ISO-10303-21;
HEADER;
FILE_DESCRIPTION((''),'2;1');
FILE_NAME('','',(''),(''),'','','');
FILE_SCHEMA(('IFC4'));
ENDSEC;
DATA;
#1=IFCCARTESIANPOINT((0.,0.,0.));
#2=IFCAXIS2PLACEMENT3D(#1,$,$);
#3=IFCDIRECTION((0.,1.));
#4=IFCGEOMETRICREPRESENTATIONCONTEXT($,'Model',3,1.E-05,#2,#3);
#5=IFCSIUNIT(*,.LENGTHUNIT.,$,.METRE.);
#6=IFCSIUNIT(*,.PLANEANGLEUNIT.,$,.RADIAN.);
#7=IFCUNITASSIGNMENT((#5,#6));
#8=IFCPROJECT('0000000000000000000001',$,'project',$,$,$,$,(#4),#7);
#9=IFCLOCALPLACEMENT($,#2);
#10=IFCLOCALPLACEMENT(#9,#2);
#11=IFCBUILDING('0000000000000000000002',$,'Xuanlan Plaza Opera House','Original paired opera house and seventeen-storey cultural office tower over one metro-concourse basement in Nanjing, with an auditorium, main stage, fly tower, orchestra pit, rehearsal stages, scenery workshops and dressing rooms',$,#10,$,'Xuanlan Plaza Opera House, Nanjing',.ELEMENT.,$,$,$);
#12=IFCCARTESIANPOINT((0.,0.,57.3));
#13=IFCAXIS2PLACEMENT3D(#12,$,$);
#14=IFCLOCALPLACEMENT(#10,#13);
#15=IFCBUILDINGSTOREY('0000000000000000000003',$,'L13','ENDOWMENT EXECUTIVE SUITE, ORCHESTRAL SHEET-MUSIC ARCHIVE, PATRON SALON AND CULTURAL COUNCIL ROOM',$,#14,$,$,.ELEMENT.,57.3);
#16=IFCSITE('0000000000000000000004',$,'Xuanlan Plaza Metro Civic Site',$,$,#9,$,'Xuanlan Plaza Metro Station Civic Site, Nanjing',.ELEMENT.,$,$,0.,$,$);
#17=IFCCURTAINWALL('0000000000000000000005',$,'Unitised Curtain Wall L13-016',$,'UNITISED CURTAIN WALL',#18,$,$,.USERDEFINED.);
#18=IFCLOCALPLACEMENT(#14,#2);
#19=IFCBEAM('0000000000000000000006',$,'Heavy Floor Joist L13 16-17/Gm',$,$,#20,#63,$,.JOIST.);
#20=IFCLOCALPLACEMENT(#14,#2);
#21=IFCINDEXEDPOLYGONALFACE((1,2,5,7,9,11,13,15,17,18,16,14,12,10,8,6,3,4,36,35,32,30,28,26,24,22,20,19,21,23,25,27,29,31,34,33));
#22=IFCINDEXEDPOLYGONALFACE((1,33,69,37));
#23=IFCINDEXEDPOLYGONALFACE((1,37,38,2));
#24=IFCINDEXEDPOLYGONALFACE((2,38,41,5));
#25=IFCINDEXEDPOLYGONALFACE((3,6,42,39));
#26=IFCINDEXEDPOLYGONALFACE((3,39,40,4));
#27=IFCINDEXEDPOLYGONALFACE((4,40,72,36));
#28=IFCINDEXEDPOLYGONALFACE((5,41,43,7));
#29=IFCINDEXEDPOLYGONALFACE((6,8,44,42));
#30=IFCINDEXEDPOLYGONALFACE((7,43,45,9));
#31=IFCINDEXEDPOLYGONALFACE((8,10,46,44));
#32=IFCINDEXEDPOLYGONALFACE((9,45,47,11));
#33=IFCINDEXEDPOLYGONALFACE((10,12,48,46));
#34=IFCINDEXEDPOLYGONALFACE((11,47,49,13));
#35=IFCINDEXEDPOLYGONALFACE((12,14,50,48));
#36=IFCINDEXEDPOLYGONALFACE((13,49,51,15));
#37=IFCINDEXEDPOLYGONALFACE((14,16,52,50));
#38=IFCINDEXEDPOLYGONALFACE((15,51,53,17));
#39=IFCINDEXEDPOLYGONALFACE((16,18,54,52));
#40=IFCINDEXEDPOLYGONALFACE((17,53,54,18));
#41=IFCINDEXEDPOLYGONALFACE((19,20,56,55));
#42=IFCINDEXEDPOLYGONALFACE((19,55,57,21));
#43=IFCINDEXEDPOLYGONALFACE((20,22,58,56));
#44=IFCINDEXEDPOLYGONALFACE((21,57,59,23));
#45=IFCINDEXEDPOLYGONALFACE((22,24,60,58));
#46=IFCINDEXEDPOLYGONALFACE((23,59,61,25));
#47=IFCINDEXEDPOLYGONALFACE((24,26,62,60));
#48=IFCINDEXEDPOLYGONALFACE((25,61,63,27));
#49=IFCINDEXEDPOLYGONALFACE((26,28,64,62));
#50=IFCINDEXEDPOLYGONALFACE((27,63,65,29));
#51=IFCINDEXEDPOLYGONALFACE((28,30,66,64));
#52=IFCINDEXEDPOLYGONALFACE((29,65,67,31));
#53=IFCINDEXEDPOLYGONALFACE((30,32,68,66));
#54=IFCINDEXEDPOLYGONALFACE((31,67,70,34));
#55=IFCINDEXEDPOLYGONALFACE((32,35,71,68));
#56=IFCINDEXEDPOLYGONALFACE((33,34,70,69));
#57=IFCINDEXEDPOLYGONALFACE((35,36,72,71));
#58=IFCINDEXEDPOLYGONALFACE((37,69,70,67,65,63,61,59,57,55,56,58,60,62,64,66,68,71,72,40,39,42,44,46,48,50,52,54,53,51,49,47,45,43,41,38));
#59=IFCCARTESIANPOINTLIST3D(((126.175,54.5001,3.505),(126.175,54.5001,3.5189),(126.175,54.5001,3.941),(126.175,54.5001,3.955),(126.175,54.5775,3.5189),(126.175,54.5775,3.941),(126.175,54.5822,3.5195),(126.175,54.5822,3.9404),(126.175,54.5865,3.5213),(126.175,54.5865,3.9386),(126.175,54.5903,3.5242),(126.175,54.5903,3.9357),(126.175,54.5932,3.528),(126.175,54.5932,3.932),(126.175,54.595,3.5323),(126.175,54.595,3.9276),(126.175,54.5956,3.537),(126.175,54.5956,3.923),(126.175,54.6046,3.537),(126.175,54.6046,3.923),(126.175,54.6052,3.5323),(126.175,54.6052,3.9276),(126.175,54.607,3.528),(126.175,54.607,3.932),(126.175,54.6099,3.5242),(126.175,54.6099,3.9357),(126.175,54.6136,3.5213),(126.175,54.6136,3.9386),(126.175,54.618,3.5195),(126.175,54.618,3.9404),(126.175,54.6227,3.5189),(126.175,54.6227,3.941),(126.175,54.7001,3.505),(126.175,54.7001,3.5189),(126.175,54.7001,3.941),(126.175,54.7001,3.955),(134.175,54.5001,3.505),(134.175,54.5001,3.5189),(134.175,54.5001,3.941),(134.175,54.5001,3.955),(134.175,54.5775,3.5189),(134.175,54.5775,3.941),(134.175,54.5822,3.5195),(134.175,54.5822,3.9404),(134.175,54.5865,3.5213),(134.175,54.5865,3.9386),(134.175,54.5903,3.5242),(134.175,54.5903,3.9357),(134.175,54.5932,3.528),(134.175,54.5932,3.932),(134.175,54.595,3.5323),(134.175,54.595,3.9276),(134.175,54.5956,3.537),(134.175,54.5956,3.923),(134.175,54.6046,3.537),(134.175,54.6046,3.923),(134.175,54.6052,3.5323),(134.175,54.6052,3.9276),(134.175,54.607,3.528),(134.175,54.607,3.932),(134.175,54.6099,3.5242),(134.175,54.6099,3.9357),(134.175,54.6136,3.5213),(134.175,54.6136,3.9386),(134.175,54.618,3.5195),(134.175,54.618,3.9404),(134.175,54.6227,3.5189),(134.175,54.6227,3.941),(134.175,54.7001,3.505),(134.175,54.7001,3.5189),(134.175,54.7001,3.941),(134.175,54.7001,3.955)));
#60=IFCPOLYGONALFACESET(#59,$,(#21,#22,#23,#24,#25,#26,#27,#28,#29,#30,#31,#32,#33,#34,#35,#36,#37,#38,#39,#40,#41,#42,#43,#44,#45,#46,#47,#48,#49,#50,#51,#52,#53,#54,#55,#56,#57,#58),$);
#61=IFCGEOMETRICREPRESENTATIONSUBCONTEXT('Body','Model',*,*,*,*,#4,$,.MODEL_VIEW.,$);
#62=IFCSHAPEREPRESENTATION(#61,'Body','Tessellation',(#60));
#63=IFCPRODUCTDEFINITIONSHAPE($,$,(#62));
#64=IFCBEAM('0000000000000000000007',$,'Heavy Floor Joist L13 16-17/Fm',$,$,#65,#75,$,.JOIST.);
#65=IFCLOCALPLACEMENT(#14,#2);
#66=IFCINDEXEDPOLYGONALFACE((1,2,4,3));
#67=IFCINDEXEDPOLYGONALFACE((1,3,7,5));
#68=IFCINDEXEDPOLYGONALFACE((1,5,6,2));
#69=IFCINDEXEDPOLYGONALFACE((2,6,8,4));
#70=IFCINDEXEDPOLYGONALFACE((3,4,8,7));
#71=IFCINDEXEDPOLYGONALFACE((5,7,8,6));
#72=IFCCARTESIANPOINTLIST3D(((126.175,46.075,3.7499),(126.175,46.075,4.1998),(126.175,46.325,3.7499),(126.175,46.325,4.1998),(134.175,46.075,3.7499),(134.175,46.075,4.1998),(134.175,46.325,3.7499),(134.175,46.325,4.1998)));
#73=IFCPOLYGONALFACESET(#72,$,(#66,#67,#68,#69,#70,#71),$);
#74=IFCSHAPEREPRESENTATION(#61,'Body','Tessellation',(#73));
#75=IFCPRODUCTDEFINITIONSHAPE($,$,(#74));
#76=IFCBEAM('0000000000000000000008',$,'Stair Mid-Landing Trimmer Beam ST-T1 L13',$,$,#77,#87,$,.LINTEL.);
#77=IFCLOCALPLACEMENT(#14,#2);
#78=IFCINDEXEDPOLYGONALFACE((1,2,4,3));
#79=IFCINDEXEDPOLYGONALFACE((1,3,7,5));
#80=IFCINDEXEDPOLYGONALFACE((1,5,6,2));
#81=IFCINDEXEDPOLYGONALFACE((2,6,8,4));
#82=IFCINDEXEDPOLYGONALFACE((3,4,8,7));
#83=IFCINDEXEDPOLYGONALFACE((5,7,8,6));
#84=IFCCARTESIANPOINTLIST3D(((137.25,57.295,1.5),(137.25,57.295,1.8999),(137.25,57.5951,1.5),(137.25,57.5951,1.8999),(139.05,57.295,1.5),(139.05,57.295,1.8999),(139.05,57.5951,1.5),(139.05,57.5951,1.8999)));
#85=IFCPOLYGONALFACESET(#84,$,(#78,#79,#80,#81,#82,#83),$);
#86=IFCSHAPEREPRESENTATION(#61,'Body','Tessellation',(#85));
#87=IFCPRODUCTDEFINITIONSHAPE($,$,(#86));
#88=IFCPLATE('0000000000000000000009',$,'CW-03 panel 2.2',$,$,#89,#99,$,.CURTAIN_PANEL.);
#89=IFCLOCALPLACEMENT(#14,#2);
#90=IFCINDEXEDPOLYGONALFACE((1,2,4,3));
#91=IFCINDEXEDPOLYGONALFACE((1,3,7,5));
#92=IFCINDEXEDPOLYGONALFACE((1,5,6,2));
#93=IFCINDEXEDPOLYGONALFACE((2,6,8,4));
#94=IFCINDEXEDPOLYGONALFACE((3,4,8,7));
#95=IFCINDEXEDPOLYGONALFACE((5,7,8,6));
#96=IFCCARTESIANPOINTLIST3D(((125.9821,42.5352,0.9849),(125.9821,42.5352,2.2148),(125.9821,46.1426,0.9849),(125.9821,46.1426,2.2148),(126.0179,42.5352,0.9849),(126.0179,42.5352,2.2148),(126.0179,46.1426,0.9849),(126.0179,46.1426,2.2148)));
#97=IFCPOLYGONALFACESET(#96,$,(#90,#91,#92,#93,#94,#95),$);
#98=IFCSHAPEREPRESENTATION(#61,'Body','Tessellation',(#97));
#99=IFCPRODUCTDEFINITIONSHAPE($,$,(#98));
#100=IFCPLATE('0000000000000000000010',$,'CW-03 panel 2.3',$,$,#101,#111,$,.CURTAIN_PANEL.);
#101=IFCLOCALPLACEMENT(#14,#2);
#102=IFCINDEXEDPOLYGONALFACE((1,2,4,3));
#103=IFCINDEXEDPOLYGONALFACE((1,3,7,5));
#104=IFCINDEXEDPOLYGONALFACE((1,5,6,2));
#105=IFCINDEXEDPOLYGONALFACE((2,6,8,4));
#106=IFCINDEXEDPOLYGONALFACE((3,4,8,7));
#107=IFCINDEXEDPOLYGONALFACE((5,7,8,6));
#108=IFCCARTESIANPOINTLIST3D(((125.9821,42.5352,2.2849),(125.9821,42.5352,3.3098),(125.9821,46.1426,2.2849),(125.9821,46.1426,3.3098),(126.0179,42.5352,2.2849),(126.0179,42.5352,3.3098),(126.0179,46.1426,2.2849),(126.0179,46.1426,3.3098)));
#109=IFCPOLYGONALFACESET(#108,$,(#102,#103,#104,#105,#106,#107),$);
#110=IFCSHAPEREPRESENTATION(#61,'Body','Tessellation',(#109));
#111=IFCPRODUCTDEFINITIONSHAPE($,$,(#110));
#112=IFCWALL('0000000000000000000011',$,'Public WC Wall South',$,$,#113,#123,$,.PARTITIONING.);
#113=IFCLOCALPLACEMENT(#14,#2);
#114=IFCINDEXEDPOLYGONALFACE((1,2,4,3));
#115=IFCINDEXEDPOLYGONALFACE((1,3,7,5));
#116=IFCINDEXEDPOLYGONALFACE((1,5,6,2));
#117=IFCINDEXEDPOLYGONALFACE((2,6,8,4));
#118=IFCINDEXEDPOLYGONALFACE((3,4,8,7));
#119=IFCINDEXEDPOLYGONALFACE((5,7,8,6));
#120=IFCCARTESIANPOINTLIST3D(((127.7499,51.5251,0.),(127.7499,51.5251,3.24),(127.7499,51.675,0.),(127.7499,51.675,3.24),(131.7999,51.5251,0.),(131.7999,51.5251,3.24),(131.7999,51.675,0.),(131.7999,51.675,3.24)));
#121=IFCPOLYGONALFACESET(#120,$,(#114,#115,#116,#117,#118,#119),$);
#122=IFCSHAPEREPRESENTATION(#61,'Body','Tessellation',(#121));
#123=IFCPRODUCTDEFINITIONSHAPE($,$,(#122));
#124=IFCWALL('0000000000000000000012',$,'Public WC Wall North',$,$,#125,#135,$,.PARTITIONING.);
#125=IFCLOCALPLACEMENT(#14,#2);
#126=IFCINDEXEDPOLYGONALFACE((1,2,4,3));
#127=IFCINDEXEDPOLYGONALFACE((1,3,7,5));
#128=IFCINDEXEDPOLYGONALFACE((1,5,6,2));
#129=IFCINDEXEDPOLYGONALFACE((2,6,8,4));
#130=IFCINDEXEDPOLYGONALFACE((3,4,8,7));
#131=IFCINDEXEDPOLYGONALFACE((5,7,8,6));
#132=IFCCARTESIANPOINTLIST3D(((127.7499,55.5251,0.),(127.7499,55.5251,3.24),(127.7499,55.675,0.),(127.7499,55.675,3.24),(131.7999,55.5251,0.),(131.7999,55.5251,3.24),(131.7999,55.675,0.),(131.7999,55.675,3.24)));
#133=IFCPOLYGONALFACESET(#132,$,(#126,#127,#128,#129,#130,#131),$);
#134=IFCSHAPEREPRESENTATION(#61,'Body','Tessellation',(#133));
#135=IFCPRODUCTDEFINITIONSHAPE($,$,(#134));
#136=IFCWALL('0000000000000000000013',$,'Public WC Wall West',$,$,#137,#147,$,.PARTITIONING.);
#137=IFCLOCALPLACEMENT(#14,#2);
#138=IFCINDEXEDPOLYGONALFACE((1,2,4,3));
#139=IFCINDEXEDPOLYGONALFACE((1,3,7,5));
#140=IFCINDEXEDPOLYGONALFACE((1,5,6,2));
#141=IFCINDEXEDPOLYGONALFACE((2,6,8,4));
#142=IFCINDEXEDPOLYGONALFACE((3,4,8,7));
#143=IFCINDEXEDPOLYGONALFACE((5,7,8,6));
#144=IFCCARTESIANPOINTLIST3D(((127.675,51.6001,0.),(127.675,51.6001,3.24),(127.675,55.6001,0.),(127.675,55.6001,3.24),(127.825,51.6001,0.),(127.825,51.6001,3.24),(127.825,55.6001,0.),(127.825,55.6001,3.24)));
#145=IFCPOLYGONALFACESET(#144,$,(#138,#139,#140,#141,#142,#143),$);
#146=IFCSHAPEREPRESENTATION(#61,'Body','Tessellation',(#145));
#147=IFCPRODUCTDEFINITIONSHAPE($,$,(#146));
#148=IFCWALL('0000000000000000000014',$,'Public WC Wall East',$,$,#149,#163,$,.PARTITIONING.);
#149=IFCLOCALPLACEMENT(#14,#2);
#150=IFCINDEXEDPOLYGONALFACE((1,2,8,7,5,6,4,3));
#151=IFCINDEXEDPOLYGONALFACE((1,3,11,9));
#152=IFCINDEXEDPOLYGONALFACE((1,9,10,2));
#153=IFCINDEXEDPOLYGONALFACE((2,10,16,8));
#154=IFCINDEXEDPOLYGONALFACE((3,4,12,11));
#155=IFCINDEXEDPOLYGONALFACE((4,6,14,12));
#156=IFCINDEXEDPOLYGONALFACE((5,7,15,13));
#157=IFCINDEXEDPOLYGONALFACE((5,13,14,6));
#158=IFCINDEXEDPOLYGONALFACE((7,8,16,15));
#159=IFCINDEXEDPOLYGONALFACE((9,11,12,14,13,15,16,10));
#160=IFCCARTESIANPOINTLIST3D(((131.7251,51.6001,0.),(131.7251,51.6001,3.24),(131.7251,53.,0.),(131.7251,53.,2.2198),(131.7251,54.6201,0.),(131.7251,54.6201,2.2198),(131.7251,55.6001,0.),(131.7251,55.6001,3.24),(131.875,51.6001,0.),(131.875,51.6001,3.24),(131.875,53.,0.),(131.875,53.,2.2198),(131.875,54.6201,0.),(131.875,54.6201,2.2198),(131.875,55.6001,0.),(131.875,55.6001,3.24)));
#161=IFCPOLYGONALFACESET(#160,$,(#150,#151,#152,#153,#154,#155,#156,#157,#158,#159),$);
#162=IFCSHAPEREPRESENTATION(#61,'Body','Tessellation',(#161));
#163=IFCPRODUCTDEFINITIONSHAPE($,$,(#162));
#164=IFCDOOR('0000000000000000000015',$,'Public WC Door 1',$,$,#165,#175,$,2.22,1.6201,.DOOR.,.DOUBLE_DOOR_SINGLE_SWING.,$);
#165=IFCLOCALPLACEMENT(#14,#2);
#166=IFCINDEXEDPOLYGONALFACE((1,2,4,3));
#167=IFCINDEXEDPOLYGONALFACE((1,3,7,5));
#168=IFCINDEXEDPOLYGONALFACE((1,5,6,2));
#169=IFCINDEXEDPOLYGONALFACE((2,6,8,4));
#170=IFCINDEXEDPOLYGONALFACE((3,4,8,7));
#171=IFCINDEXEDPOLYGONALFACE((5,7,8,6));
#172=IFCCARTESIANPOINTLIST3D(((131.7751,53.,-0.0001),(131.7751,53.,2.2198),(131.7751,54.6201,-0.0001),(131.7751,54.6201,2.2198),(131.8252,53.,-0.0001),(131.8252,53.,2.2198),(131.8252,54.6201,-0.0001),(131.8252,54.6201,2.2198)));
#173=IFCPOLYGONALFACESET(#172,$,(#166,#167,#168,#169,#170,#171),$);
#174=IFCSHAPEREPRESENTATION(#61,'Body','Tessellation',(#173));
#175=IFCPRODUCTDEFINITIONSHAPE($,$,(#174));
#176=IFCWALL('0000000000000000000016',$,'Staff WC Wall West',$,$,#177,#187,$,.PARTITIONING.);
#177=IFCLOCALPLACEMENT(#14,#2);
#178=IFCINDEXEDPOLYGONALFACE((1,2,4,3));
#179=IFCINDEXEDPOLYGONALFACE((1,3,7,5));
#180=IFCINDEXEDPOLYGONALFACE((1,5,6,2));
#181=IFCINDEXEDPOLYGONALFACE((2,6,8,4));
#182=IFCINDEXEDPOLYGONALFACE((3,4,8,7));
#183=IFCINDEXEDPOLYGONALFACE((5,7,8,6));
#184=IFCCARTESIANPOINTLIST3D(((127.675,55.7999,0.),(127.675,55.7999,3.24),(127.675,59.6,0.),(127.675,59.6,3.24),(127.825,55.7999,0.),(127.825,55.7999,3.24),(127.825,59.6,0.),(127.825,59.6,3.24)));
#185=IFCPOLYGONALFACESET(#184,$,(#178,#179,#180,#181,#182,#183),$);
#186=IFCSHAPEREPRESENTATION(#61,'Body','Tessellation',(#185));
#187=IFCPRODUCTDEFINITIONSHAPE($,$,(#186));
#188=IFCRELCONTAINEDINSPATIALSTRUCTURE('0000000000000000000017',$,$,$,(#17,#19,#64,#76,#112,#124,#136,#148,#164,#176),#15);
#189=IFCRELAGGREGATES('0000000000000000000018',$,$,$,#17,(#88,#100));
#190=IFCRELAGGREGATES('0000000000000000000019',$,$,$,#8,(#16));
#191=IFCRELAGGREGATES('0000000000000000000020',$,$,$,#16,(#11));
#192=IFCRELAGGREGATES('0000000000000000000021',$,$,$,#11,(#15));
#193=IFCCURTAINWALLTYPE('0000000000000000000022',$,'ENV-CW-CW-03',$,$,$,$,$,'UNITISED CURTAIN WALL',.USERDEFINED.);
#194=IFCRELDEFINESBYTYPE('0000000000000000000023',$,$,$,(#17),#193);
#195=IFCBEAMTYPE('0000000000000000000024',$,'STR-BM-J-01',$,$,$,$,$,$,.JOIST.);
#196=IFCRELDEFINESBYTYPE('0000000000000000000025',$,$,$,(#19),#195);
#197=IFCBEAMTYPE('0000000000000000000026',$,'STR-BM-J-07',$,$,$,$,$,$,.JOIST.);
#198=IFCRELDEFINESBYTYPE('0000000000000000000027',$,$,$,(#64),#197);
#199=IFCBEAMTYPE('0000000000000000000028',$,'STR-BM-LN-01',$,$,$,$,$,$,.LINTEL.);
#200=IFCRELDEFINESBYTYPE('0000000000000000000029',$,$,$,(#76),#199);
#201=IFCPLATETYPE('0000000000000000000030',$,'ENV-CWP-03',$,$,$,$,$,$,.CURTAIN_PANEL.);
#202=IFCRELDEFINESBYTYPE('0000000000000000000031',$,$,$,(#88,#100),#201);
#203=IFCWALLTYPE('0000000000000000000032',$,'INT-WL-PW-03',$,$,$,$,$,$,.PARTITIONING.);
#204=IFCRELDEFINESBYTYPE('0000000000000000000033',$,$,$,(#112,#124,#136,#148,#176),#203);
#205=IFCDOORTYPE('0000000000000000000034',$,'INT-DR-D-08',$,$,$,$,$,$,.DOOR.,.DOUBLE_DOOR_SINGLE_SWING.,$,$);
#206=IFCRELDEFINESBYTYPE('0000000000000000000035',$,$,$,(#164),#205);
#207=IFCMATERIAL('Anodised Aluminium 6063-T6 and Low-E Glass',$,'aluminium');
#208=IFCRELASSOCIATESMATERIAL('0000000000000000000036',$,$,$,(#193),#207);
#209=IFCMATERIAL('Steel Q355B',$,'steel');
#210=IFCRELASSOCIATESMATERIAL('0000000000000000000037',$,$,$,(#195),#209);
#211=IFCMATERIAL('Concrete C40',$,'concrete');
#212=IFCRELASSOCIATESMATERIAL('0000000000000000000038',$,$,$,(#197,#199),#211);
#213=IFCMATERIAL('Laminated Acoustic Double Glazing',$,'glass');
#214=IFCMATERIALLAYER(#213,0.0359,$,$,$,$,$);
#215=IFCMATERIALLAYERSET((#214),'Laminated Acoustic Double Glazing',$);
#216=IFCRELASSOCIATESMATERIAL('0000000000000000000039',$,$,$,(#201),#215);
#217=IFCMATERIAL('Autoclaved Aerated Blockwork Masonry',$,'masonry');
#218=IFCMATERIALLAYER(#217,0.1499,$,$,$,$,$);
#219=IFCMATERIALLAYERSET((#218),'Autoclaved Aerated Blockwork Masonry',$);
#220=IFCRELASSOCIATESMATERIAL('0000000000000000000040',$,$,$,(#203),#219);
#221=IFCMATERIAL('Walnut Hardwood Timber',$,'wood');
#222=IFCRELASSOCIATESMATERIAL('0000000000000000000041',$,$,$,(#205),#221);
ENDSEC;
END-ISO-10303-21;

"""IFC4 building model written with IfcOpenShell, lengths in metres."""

from ifc_helpers import new_model, si_unit, direction, frame, frame_2d, origin, origin_2d, place, context, subcontext, project, spatial, rectangle, i_section, extrude, material, layer, layer_set, material_profile, profile_set, type_object, element, fill, aggregate, save


model = new_model("IFC4")

# Units and contexts
model_context = context("Model", 3, precision=1e-05, world=origin(), true_north=direction((0.0, 1.0)))
body_context = subcontext(model_context, "Body", "Model", "MODEL_VIEW")
ifc_project = project(units=[si_unit("LENGTHUNIT", "METRE"), si_unit("PLANEANGLEUNIT", "RADIAN")], contexts=[model_context])

# Site, building, storey
site_placement = place(None, origin())
site = spatial("IfcSite", under=ifc_project, at=site_placement, Name="Xuanlan Plaza Metro Civic Site", LongName="Xuanlan Plaza Metro Station Civic Site, Nanjing", CompositionType="ELEMENT", RefElevation=0.0)
building_placement = place(site_placement, origin())
building = spatial("IfcBuilding", under=site, at=building_placement, Name="Xuanlan Plaza Opera House", Description="Original paired opera house and seventeen-storey cultural office tower over one metro-concourse basement in Nanjing, with an auditorium, main stage, fly tower, orchestra pit, rehearsal stages, scenery workshops and dressing rooms", LongName="Xuanlan Plaza Opera House, Nanjing", CompositionType="ELEMENT")
storey_placement = place(building_placement, frame((0.0, 0.0, 57.3)))
storey = spatial("IfcBuildingStorey", under=building, at=storey_placement, Name="L13", Description="ENDOWMENT EXECUTIVE SUITE, ORCHESTRAL SHEET-MUSIC ARCHIVE, PATRON SALON AND CULTURAL COUNCIL ROOM", CompositionType="ELEMENT", Elevation=57.3)

# Curtain wall
ifc_material_1 = material(Name="Anodised Aluminium 6063-T6 and Low-E Glass", Category="aluminium")
curtain_wall_type = type_object("IfcCurtainWallType", Name="ENV-CW-CW-03", ElementType="UNITISED CURTAIN WALL", PredefinedType="USERDEFINED", material=ifc_material_1)
curtain_wall_placement = place(storey_placement, origin())
curtain_wall = element("IfcCurtainWall", 1, at=curtain_wall_placement, inside=storey, type_object=curtain_wall_type, Name="Unitised Curtain Wall L13-016", ObjectType="UNITISED CURTAIN WALL", PredefinedType="USERDEFINED")

# Beams
ifc_material_2 = material(Name="Concrete C40", Category="concrete")
ifc_material_3 = material(Name="Steel Q355B", Category="steel")
ifc_material_profile_1 = material_profile(ifc_material_3, i_section(OverallWidth=0.2, OverallDepth=0.45, WebThickness=0.009, FlangeThickness=0.0139, FilletRadius=0.0181, at=origin_2d()), Name="HN 450x200x9x14")
ifc_profile_set_1 = profile_set([ifc_material_profile_1], Name="Steel Q355B")
beam_type_1 = type_object("IfcBeamType", Name="STR-BM-J-01", PredefinedType="JOIST", material=ifc_profile_set_1)
beam_1_placement = place(storey_placement, frame((126.175, 54.6001, 3.73), z_axis=(1.0, 0.0, 0.0), x_axis=(0.0, 1.0, 0.0)))
element("IfcBeam", 2, at=beam_1_placement, inside=storey, type_object=beam_type_1, Name="Heavy Floor Joist L13 16-17/Gm", PredefinedType="JOIST", context=body_context, shape_type="SweptSolid", body=[
    extrude(i_section(OverallWidth=0.2, OverallDepth=0.45, WebThickness=0.009, FlangeThickness=0.0139, FilletRadius=0.0181, at=origin_2d()), origin(), (0.0, 0.0, 1.0), 8.0),
])
ifc_material_profile_2 = material_profile(ifc_material_2, rectangle(XDim=0.25, YDim=0.45, at=origin_2d()), Name="RC-JST 250x450")
ifc_profile_set_2 = profile_set([ifc_material_profile_2], Name="Concrete C40")
beam_type_2 = type_object("IfcBeamType", Name="STR-BM-J-07", PredefinedType="JOIST", material=ifc_profile_set_2)
beam_2_placement = place(storey_placement, frame((126.175, 46.2, 3.9749), z_axis=(1.0, 0.0, 0.0), x_axis=(0.0, 1.0, 0.0)))
element("IfcBeam", 3, at=beam_2_placement, inside=storey, type_object=beam_type_2, Name="Heavy Floor Joist L13 16-17/Fm", PredefinedType="JOIST", context=body_context, shape_type="SweptSolid", body=[
    extrude(rectangle(XDim=0.25, YDim=0.45, at=origin_2d()), origin(), (0.0, 0.0, 1.0), 8.0),
])
ifc_material_profile_3 = material_profile(ifc_material_2, rectangle(XDim=0.3, YDim=0.3999, at=origin_2d()), Name="RC-LNT 300x400")
ifc_profile_set_3 = profile_set([ifc_material_profile_3], Name="Concrete C40")
beam_type_3 = type_object("IfcBeamType", Name="STR-BM-LN-01", PredefinedType="LINTEL", material=ifc_profile_set_3)
beam_3_placement = place(storey_placement, frame((137.25, 57.4451, 1.7), z_axis=(1.0, 0.0, 0.0), x_axis=(0.0, 1.0, 0.0)))
element("IfcBeam", 4, at=beam_3_placement, inside=storey, type_object=beam_type_3, Name="Stair Mid-Landing Trimmer Beam ST-T1 L13", PredefinedType="LINTEL", context=body_context, shape_type="SweptSolid", body=[
    extrude(rectangle(XDim=0.3, YDim=0.3999, at=origin_2d()), origin(), (0.0, 0.0, 1.0), 1.8),
])

# Plates
ifc_material_4 = material(Name="Laminated Acoustic Double Glazing", Category="glass")
ifc_layer_1 = layer(ifc_material_4, 0.0359)
ifc_layer_set_1 = layer_set([ifc_layer_1], Name="Laminated Acoustic Double Glazing")
plate_type = type_object("IfcPlateType", Name="ENV-CWP-03", PredefinedType="CURTAIN_PANEL", material=ifc_layer_set_1)
plate_1_placement = place(storey_placement, frame((126.0, 44.3389, 0.9849), z_axis=(0.0, 0.0, 1.0), x_axis=(0.0, -1.0, 0.0)))
plate_1 = element("IfcPlate", 5, at=plate_1_placement, type_object=plate_type, Name="CW-03 panel 2.2", PredefinedType="CURTAIN_PANEL", context=body_context, shape_type="SweptSolid", body=[
    extrude(rectangle(XDim=3.6074, YDim=0.0359, at=origin_2d()), origin(), (0.0, 0.0, 1.0), 1.23),
])
plate_2_placement = place(storey_placement, frame((126.0, 44.3389, 2.2849), z_axis=(0.0, 0.0, 1.0), x_axis=(0.0, -1.0, 0.0)))
plate_2 = element("IfcPlate", 6, at=plate_2_placement, type_object=plate_type, Name="CW-03 panel 2.3", PredefinedType="CURTAIN_PANEL", context=body_context, shape_type="SweptSolid", body=[
    extrude(rectangle(XDim=3.6074, YDim=0.0359, at=origin_2d()), origin(), (0.0, 0.0, 1.0), 1.0249),
])
aggregate(curtain_wall, [plate_1, plate_2])

# Walls
ifc_material_5 = material(Name="Autoclaved Aerated Blockwork Masonry", Category="masonry")
ifc_layer_2 = layer(ifc_material_5, 0.1499)
ifc_layer_set_2 = layer_set([ifc_layer_2], Name="Autoclaved Aerated Blockwork Masonry")
wall_type_1 = type_object("IfcWallType", Name="INT-WL-PW-03", PredefinedType="PARTITIONING", material=ifc_layer_set_2)
for number, where, z_axis, x_axis, name in (
    (7, (127.75, 51.6001, 0.0), (0.0, 0.0, 1.0), (1.0, 0.0, 0.0), "Public WC Wall South"),
    (8, (127.75, 55.6001, 0.0), (0.0, 0.0, 1.0), (1.0, 0.0, 0.0), "Public WC Wall North"),
):
    element("IfcWall", number, at=place(storey_placement, frame(where, z_axis=z_axis, x_axis=x_axis)), inside=storey, type_object=wall_type_1, Name=name, PredefinedType="PARTITIONING", context=body_context, shape_type="SweptSolid", body=[
        extrude(rectangle(XDim=4.05, YDim=0.1499, at=frame_2d((2.0249, 0.0))), origin(), (0.0, 0.0, 1.0), 3.24),
    ])
wall_1_placement = place(storey_placement, frame((127.75, 51.6001, 0.0), z_axis=(0.0, 0.0, 1.0), x_axis=(0.0, 1.0, 0.0)))
element("IfcWall", 9, at=wall_1_placement, inside=storey, type_object=wall_type_1, Name="Public WC Wall West", PredefinedType="PARTITIONING", context=body_context, shape_type="SweptSolid", body=[
    extrude(rectangle(XDim=4.0, YDim=0.1499, at=frame_2d((2.0, 0.0))), origin(), (0.0, 0.0, 1.0), 3.24),
])

# Wall, opening, door
wall_2_placement = place(storey_placement, frame((131.8, 51.6001, 0.0), z_axis=(0.0, 0.0, 1.0), x_axis=(0.0, 1.0, 0.0)))
wall_2 = element("IfcWall", 10, at=wall_2_placement, inside=storey, type_object=wall_type_1, Name="Public WC Wall East", PredefinedType="PARTITIONING", context=body_context, shape_type="SweptSolid", body=[
    extrude(rectangle(XDim=4.0, YDim=0.1499, at=frame_2d((2.0, 0.0))), origin(), (0.0, 0.0, 1.0), 3.24),
])
opening_1_placement = place(wall_2_placement, frame((1.3999, 0.0, 0.0)))
opening_1 = element("IfcOpeningElement", 11, at=opening_1_placement, cuts=wall_2, PredefinedType="OPENING", context=body_context, shape_type="SweptSolid", body=[
    extrude(rectangle(XDim=1.6201, YDim=2.22, at=frame_2d((0.8101, 1.1099))), frame((0.0, 0.085, 0.0), z_axis=(0.0, -1.0, 0.0), x_axis=(1.0, 0.0, 0.0)), (0.0, 0.0, 1.0), 0.1699),
])
ifc_material_6 = material(Name="Walnut Hardwood Timber", Category="wood")
door_type_1 = type_object("IfcDoorType", Name="INT-DR-D-08", OperationType="DOUBLE_DOOR_SINGLE_SWING", PredefinedType="DOOR", material=ifc_material_6)
door_1_placement = place(opening_1_placement, origin())
door_1 = element("IfcDoor", 12, at=door_1_placement, inside=storey, type_object=door_type_1, Name="Public WC Door 1", OperationType="DOUBLE_DOOR_SINGLE_SWING", OverallHeight=2.22, OverallWidth=1.6201, PredefinedType="DOOR", context=body_context, shape_type="SweptSolid", body=[
    extrude(rectangle(XDim=1.6201, YDim=2.22, at=frame_2d((0.8101, 1.1099))), frame((0.0, 0.0249, 0.0), z_axis=(0.0, -1.0, 0.0), x_axis=(1.0, 0.0, 0.0)), (0.0, 0.0, 1.0), 0.05),
])
fill(opening_1, door_1)

# Wall
wall_3_placement = place(storey_placement, frame((127.75, 55.8, 0.0), z_axis=(0.0, 0.0, 1.0), x_axis=(0.0, 1.0, 0.0)))
element("IfcWall", 13, at=wall_3_placement, inside=storey, type_object=wall_type_1, Name="Staff WC Wall West", PredefinedType="PARTITIONING", context=body_context, shape_type="SweptSolid", body=[
    extrude(rectangle(XDim=3.8, YDim=0.1499, at=frame_2d((1.8999, 0.0))), origin(), (0.0, 0.0, 1.0), 3.24),
])

save(model, "model.ifc")
